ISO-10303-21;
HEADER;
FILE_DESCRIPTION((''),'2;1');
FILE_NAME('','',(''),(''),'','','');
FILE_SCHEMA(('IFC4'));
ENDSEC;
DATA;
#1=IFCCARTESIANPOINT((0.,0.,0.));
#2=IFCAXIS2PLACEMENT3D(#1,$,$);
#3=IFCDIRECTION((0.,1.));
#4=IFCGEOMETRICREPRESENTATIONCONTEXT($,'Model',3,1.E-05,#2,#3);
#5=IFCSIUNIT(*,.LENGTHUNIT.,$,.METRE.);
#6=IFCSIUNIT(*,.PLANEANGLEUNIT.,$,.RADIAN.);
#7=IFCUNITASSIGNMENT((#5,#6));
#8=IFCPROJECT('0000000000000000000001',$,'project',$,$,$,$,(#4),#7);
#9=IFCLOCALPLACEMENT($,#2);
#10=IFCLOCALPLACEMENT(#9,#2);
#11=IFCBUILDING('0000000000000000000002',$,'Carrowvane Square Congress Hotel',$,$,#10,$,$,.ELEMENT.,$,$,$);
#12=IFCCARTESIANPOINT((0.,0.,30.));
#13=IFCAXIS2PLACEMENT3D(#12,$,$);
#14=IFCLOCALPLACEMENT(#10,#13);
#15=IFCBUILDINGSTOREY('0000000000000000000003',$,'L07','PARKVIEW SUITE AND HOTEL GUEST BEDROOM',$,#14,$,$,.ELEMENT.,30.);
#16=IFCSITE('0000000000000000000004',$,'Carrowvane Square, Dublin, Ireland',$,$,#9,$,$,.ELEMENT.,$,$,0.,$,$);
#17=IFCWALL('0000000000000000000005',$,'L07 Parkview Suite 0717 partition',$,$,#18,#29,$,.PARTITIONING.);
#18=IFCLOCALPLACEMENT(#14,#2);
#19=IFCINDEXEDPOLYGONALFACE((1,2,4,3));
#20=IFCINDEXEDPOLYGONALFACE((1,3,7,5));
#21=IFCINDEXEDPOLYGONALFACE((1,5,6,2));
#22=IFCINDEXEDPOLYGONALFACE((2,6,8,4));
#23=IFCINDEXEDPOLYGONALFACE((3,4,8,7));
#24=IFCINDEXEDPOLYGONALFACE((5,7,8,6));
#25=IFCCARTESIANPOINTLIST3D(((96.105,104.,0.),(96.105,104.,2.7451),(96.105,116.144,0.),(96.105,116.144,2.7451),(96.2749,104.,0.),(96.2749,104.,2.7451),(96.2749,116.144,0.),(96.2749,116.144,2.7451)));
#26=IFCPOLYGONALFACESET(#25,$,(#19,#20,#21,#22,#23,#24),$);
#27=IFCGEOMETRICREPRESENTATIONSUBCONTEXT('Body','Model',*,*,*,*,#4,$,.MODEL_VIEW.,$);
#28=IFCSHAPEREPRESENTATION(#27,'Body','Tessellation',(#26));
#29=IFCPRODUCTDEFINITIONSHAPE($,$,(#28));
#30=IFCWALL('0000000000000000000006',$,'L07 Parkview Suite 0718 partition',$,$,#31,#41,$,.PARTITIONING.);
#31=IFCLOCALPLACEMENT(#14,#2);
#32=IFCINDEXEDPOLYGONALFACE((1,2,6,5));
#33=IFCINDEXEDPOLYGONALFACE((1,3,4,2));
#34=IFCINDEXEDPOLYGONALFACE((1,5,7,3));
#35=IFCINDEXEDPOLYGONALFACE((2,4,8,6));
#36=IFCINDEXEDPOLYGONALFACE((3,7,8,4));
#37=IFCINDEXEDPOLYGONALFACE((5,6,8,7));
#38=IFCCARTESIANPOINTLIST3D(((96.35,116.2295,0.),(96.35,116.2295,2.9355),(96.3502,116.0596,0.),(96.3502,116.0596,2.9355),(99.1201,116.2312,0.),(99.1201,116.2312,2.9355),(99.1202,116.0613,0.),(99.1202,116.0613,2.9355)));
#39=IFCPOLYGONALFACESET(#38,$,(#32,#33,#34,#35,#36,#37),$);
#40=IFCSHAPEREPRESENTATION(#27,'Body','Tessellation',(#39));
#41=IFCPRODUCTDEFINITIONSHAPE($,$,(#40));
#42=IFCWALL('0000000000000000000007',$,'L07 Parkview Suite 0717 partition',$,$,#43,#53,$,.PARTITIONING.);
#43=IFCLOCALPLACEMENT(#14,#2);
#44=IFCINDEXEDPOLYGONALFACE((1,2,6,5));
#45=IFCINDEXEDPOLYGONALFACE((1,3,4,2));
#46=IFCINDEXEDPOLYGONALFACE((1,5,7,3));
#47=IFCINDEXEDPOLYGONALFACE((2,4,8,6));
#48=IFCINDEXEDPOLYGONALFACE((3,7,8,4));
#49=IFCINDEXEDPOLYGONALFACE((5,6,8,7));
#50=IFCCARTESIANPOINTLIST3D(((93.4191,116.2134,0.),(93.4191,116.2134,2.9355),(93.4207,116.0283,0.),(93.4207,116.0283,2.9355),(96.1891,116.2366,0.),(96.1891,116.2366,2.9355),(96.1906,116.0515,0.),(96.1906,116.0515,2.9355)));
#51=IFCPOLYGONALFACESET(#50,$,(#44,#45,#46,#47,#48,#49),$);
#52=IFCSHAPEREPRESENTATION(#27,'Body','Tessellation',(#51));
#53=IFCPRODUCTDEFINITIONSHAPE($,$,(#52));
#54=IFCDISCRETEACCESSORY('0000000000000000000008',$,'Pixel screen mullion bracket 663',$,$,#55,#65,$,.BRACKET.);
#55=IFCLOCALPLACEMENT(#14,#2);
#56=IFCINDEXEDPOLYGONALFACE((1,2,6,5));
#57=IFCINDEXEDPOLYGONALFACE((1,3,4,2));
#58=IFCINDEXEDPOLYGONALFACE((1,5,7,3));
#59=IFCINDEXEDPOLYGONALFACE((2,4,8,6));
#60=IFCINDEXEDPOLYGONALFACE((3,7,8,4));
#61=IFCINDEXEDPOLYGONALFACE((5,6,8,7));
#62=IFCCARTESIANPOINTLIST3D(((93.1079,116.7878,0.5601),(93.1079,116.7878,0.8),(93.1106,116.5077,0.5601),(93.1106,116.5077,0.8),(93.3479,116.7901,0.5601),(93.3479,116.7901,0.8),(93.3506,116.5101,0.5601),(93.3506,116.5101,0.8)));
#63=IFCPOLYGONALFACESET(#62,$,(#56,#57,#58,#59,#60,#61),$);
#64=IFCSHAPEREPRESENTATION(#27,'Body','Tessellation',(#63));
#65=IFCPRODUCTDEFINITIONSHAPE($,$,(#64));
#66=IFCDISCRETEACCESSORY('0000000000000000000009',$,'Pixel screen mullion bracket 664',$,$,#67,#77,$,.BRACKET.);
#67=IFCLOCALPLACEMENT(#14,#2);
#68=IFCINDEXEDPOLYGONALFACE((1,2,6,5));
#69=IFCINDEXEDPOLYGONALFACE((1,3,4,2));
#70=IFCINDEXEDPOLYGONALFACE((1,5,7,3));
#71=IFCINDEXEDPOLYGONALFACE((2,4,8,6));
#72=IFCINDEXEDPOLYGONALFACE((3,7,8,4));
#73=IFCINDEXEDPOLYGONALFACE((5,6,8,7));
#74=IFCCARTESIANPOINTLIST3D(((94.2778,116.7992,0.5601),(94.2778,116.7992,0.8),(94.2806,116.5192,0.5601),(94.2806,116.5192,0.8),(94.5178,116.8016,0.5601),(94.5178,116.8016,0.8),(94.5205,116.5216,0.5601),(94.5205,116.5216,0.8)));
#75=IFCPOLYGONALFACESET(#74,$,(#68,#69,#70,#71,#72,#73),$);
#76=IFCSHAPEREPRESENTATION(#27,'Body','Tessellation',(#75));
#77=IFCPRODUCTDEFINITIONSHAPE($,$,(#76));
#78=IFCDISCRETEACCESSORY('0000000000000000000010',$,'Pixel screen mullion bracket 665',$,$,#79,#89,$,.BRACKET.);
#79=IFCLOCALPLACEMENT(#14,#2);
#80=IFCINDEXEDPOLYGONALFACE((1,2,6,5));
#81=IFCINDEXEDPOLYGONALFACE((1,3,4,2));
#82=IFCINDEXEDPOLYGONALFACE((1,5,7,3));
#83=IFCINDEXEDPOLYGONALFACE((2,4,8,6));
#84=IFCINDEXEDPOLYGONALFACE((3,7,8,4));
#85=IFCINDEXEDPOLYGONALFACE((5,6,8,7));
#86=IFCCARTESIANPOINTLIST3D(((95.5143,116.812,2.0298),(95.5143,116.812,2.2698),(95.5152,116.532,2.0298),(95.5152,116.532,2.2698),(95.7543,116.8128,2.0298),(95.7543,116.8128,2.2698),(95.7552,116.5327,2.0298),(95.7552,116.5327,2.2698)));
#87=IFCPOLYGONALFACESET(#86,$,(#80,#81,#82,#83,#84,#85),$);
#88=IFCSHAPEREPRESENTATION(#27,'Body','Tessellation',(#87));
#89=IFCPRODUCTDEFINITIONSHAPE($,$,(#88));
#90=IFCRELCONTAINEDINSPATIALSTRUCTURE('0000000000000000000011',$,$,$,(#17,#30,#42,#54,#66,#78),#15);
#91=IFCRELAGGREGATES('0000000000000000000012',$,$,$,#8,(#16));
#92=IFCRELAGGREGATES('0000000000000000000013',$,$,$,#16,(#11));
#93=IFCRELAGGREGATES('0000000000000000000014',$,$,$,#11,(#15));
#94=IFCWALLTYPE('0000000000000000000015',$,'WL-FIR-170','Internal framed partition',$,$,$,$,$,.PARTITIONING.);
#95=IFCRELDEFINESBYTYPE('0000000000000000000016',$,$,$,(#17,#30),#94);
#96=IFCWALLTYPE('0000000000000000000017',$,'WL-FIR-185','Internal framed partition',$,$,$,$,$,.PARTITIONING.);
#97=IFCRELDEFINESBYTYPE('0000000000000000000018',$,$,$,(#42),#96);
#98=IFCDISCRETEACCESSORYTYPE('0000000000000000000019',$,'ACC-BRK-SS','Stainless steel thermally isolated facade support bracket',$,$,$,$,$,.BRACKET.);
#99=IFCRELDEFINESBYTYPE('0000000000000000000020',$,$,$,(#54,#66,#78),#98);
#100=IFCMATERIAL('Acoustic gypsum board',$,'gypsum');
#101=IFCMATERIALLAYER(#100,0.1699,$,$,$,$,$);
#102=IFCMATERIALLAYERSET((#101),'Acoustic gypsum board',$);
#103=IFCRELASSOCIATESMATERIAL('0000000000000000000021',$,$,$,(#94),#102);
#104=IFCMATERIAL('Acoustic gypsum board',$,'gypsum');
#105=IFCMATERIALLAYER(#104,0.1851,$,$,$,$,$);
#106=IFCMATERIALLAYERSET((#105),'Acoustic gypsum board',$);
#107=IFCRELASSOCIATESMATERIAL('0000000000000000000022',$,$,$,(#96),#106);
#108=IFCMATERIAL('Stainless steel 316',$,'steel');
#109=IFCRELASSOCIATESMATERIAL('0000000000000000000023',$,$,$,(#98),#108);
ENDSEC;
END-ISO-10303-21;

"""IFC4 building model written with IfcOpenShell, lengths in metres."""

from ifc_helpers import new_model, si_unit, direction, frame, frame_2d, origin, origin_2d, place, context, subcontext, project, spatial, rectangle, extrude, material, layer, layer_set, type_object, element, save


model = new_model("IFC4")

# Units and contexts
model_context = context("Model", 3, precision=1e-05, world=origin(), true_north=direction((0.0, 1.0)))
body_context = subcontext(model_context, "Body", "Model", "MODEL_VIEW")
ifc_project = project(units=[si_unit("LENGTHUNIT", "METRE"), si_unit("PLANEANGLEUNIT", "RADIAN")], contexts=[model_context])

# Site, building, storey
site_placement = place(None, origin())
site = spatial("IfcSite", under=ifc_project, at=site_placement, Name="Carrowvane Square, Dublin, Ireland", CompositionType="ELEMENT", RefElevation=0.0)
building_placement = place(site_placement, origin())
building = spatial("IfcBuilding", under=site, at=building_placement, Name="Carrowvane Square Congress Hotel", CompositionType="ELEMENT")
storey_placement = place(building_placement, frame((0.0, 0.0, 30.0)))
storey = spatial("IfcBuildingStorey", under=building, at=storey_placement, Name="L07", Description="PARKVIEW SUITE AND HOTEL GUEST BEDROOM", CompositionType="ELEMENT", Elevation=30.0)

# Walls
ifc_material_1 = material(Name="Acoustic gypsum board", Category="gypsum")
ifc_layer_1 = layer(ifc_material_1, 0.1699)
ifc_layer_set_1 = layer_set([ifc_layer_1], Name="Acoustic gypsum board")
wall_type_1 = type_object("IfcWallType", Name="WL-FIR-170", Description="Internal framed partition", PredefinedType="PARTITIONING", material=ifc_layer_set_1)
wall_1_placement = place(storey_placement, frame((96.1899, 116.144, 0.0), z_axis=(0.0, 0.0, 1.0), x_axis=(0.0, -1.0, 0.0)))
element("IfcWall", 1, at=wall_1_placement, inside=storey, type_object=wall_type_1, Name="L07 Parkview Suite 0717 partition", PredefinedType="PARTITIONING", context=body_context, shape_type="SweptSolid", body=[
    extrude(rectangle(XDim=12.144, YDim=0.1699, at=frame_2d((6.072, 0.0))), origin(), (0.0, 0.0, 1.0), 2.7451),
])
wall_2_placement = place(storey_placement, frame((96.3501, 116.1445, 0.0), z_axis=(0.0, 0.0, 1.0), x_axis=(1.0, 0.000617, 0.0)))
element("IfcWall", 2, at=wall_2_placement, inside=storey, type_object=wall_type_1, Name="L07 Parkview Suite 0718 partition", PredefinedType="PARTITIONING", context=body_context, shape_type="SweptSolid", body=[
    extrude(rectangle(XDim=2.77, YDim=0.1699, at=frame_2d((1.385, 0.0))), origin(), (0.0, 0.0, 1.0), 2.9355),
])
ifc_material_2 = material(Name="Acoustic gypsum board", Category="gypsum")
ifc_layer_2 = layer(ifc_material_2, 0.1851)
ifc_layer_set_2 = layer_set([ifc_layer_2], Name="Acoustic gypsum board")
wall_type_2 = type_object("IfcWallType", Name="WL-FIR-185", Description="Internal framed partition", PredefinedType="PARTITIONING", material=ifc_layer_set_2)
wall_3_placement = place(storey_placement, frame((93.4199, 116.1208, 0.0), z_axis=(0.0, 0.0, 1.0), x_axis=(0.999965, 0.008373, 0.0)))
element("IfcWall", 3, at=wall_3_placement, inside=storey, type_object=wall_type_2, Name="L07 Parkview Suite 0717 partition", PredefinedType="PARTITIONING", context=body_context, shape_type="SweptSolid", body=[
    extrude(rectangle(XDim=2.77, YDim=0.1851, at=frame_2d((1.385, 0.0))), origin(), (0.0, 0.0, 1.0), 2.9355),
])

# Discrete accessories
ifc_material_3 = material(Name="Stainless steel 316", Category="steel")
discrete_accessory_type = type_object("IfcDiscreteAccessoryType", Name="ACC-BRK-SS", Description="Stainless steel thermally isolated facade support bracket", PredefinedType="BRACKET", material=ifc_material_3)
for number, where, z_axis, x_axis, name in (
    (4, (93.2292, 116.6489, 0.5601), (0.0, 0.0, 1.0), (0.999952, 0.009782, 0.0), "Pixel screen mullion bracket 663"),
    (5, (94.3992, 116.6604, 0.5601), (0.0, 0.0, 1.0), (0.999952, 0.009782, 0.0), "Pixel screen mullion bracket 664"),
    (6, (95.6348, 116.6724, 2.0298), (0.0, 0.0, 1.0), (0.999995, 0.00327, 0.0), "Pixel screen mullion bracket 665"),
):
    element("IfcDiscreteAccessory", number, at=place(storey_placement, frame(where, z_axis=z_axis, x_axis=x_axis)), inside=storey, type_object=discrete_accessory_type, Name=name, PredefinedType="BRACKET", context=body_context, shape_type="SweptSolid", body=[
        extrude(rectangle(XDim=0.24, YDim=0.28, at=origin_2d()), origin(), (0.0, 0.0, 1.0), 0.24),
    ])

save(model, "model.ifc")
